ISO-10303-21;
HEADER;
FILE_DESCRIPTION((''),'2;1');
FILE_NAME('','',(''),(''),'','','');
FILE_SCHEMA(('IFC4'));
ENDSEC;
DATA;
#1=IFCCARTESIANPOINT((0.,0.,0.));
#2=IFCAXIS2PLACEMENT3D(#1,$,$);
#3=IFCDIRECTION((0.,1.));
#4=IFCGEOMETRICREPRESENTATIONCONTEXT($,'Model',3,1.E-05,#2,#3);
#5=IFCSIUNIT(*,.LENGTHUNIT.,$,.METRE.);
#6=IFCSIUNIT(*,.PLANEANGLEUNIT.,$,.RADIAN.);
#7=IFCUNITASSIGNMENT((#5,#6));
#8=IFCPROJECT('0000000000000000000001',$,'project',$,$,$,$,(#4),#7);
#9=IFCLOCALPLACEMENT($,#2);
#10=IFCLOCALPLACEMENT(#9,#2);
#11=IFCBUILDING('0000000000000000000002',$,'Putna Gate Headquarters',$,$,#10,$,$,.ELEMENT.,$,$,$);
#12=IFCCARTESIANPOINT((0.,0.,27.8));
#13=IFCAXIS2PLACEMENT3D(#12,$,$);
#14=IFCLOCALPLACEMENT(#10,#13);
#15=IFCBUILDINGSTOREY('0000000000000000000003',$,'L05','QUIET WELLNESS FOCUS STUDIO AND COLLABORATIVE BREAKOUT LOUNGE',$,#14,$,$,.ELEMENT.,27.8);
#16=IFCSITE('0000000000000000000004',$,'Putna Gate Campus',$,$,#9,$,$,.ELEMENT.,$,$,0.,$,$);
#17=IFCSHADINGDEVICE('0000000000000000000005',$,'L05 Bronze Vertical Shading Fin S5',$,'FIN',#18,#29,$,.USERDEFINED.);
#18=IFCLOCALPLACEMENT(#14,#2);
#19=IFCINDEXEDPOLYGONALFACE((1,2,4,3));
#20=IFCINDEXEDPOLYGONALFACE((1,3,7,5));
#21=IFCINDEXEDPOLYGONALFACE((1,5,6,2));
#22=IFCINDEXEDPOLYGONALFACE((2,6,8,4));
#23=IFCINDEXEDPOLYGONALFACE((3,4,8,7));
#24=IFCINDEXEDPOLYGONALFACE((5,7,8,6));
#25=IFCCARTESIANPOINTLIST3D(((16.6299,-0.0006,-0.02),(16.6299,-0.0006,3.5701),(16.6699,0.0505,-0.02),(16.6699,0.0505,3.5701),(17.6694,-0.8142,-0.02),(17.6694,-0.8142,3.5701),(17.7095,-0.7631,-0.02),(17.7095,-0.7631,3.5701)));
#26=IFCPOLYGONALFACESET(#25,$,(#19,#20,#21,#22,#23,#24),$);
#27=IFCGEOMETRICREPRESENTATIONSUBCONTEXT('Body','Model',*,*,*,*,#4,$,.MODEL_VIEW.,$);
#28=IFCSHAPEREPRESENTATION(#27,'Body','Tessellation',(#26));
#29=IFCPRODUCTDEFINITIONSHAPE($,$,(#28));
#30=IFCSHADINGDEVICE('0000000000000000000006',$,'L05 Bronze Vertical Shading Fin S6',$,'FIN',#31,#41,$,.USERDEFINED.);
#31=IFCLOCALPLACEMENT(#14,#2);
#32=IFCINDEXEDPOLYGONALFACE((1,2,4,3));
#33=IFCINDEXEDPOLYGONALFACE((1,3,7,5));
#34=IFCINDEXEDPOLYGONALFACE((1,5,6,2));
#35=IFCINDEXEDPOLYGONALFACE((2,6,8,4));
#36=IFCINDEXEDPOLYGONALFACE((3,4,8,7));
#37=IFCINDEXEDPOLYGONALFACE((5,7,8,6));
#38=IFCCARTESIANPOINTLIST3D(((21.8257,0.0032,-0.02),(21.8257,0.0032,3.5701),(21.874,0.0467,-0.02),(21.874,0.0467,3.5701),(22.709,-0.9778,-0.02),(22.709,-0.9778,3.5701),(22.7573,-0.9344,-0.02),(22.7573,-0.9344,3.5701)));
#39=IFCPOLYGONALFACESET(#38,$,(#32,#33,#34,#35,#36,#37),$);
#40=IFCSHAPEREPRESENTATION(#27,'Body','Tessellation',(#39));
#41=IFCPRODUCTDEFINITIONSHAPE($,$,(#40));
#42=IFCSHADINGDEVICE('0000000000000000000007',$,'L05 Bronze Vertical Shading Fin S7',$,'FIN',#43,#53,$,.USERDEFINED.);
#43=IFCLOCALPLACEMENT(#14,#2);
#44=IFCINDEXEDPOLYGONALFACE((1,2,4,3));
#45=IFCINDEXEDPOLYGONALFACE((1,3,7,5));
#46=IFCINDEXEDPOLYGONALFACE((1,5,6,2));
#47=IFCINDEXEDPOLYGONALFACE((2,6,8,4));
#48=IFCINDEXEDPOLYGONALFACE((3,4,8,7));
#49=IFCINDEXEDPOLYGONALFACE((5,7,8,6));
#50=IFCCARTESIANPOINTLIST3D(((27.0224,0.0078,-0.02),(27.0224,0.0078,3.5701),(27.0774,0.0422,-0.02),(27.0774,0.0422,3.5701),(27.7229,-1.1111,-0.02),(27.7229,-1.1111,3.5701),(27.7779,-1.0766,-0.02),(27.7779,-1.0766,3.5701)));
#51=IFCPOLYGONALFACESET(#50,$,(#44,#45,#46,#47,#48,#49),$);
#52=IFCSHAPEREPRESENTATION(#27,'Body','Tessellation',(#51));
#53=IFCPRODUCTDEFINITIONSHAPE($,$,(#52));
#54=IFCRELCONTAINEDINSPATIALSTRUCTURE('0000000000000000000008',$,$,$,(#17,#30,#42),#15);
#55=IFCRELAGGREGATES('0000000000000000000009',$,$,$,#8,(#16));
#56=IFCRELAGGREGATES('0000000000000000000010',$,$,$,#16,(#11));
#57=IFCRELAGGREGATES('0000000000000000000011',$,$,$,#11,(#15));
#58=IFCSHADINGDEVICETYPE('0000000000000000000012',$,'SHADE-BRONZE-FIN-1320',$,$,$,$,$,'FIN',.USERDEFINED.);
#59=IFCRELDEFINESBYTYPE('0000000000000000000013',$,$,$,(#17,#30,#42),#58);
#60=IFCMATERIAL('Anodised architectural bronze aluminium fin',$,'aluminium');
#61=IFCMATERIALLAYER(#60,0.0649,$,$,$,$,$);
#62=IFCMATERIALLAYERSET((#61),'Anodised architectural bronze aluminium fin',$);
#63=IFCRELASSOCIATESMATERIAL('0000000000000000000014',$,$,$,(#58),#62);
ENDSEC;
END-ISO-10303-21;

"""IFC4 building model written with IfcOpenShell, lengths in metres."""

from ifc_helpers import new_model, si_unit, direction, frame, origin, origin_2d, place, context, subcontext, project, spatial, rectangle, extrude, material, layer, layer_set, type_object, element, save


model = new_model("IFC4")

# Units and contexts
model_context = context("Model", 3, precision=1e-05, world=origin(), true_north=direction((0.0, 1.0)))
body_context = subcontext(model_context, "Body", "Model", "MODEL_VIEW")
ifc_project = project(units=[si_unit("LENGTHUNIT", "METRE"), si_unit("PLANEANGLEUNIT", "RADIAN")], contexts=[model_context])

# Site, building, storey
site_placement = place(None, origin())
site = spatial("IfcSite", under=ifc_project, at=site_placement, Name="Putna Gate Campus", CompositionType="ELEMENT", RefElevation=0.0)
building_placement = place(site_placement, origin())
building = spatial("IfcBuilding", under=site, at=building_placement, Name="Putna Gate Headquarters", CompositionType="ELEMENT")
storey_placement = place(building_placement, frame((0.0, 0.0, 27.8)))
storey = spatial("IfcBuildingStorey", under=building, at=storey_placement, Name="L05", Description="QUIET WELLNESS FOCUS STUDIO AND COLLABORATIVE BREAKOUT LOUNGE", CompositionType="ELEMENT", Elevation=27.8)

# Shading devices
ifc_material_1 = material(Name="Anodised architectural bronze aluminium fin", Category="aluminium")
ifc_layer_1 = layer(ifc_material_1, 0.0649)
ifc_layer_set_1 = layer_set([ifc_layer_1], Name="Anodised architectural bronze aluminium fin")
shading_device_type = type_object("IfcShadingDeviceType", Name="SHADE-BRONZE-FIN-1320", ElementType="FIN", PredefinedType="USERDEFINED", material=ifc_layer_set_1)
for number, where, z_axis, x_axis, name in (
    (1, (17.1697, -0.3818, -0.02), (0.0, 0.0, 1.0), (0.787473, -0.616349, 0.0), "L05 Bronze Vertical Shading Fin S5"),
    (2, (22.2915, -0.4656, -0.02), (0.0, 0.0, 1.0), (0.669131, -0.743145, 0.0), "L05 Bronze Vertical Shading Fin S6"),
    (3, (27.4001, -0.5344, -0.02), (0.0, 0.0, 1.0), (0.530659, -0.847585, 0.0), "L05 Bronze Vertical Shading Fin S7"),
):
    element("IfcShadingDevice", number, at=place(storey_placement, frame(where, z_axis=z_axis, x_axis=x_axis)), inside=storey, type_object=shading_device_type, Name=name, ObjectType="FIN", PredefinedType="USERDEFINED", context=body_context, shape_type="SweptSolid", body=[
        extrude(rectangle(XDim=1.3201, YDim=0.0649, at=origin_2d()), origin(), (0.0, 0.0, 1.0), 3.5901),
    ])

save(model, "model.ifc")
